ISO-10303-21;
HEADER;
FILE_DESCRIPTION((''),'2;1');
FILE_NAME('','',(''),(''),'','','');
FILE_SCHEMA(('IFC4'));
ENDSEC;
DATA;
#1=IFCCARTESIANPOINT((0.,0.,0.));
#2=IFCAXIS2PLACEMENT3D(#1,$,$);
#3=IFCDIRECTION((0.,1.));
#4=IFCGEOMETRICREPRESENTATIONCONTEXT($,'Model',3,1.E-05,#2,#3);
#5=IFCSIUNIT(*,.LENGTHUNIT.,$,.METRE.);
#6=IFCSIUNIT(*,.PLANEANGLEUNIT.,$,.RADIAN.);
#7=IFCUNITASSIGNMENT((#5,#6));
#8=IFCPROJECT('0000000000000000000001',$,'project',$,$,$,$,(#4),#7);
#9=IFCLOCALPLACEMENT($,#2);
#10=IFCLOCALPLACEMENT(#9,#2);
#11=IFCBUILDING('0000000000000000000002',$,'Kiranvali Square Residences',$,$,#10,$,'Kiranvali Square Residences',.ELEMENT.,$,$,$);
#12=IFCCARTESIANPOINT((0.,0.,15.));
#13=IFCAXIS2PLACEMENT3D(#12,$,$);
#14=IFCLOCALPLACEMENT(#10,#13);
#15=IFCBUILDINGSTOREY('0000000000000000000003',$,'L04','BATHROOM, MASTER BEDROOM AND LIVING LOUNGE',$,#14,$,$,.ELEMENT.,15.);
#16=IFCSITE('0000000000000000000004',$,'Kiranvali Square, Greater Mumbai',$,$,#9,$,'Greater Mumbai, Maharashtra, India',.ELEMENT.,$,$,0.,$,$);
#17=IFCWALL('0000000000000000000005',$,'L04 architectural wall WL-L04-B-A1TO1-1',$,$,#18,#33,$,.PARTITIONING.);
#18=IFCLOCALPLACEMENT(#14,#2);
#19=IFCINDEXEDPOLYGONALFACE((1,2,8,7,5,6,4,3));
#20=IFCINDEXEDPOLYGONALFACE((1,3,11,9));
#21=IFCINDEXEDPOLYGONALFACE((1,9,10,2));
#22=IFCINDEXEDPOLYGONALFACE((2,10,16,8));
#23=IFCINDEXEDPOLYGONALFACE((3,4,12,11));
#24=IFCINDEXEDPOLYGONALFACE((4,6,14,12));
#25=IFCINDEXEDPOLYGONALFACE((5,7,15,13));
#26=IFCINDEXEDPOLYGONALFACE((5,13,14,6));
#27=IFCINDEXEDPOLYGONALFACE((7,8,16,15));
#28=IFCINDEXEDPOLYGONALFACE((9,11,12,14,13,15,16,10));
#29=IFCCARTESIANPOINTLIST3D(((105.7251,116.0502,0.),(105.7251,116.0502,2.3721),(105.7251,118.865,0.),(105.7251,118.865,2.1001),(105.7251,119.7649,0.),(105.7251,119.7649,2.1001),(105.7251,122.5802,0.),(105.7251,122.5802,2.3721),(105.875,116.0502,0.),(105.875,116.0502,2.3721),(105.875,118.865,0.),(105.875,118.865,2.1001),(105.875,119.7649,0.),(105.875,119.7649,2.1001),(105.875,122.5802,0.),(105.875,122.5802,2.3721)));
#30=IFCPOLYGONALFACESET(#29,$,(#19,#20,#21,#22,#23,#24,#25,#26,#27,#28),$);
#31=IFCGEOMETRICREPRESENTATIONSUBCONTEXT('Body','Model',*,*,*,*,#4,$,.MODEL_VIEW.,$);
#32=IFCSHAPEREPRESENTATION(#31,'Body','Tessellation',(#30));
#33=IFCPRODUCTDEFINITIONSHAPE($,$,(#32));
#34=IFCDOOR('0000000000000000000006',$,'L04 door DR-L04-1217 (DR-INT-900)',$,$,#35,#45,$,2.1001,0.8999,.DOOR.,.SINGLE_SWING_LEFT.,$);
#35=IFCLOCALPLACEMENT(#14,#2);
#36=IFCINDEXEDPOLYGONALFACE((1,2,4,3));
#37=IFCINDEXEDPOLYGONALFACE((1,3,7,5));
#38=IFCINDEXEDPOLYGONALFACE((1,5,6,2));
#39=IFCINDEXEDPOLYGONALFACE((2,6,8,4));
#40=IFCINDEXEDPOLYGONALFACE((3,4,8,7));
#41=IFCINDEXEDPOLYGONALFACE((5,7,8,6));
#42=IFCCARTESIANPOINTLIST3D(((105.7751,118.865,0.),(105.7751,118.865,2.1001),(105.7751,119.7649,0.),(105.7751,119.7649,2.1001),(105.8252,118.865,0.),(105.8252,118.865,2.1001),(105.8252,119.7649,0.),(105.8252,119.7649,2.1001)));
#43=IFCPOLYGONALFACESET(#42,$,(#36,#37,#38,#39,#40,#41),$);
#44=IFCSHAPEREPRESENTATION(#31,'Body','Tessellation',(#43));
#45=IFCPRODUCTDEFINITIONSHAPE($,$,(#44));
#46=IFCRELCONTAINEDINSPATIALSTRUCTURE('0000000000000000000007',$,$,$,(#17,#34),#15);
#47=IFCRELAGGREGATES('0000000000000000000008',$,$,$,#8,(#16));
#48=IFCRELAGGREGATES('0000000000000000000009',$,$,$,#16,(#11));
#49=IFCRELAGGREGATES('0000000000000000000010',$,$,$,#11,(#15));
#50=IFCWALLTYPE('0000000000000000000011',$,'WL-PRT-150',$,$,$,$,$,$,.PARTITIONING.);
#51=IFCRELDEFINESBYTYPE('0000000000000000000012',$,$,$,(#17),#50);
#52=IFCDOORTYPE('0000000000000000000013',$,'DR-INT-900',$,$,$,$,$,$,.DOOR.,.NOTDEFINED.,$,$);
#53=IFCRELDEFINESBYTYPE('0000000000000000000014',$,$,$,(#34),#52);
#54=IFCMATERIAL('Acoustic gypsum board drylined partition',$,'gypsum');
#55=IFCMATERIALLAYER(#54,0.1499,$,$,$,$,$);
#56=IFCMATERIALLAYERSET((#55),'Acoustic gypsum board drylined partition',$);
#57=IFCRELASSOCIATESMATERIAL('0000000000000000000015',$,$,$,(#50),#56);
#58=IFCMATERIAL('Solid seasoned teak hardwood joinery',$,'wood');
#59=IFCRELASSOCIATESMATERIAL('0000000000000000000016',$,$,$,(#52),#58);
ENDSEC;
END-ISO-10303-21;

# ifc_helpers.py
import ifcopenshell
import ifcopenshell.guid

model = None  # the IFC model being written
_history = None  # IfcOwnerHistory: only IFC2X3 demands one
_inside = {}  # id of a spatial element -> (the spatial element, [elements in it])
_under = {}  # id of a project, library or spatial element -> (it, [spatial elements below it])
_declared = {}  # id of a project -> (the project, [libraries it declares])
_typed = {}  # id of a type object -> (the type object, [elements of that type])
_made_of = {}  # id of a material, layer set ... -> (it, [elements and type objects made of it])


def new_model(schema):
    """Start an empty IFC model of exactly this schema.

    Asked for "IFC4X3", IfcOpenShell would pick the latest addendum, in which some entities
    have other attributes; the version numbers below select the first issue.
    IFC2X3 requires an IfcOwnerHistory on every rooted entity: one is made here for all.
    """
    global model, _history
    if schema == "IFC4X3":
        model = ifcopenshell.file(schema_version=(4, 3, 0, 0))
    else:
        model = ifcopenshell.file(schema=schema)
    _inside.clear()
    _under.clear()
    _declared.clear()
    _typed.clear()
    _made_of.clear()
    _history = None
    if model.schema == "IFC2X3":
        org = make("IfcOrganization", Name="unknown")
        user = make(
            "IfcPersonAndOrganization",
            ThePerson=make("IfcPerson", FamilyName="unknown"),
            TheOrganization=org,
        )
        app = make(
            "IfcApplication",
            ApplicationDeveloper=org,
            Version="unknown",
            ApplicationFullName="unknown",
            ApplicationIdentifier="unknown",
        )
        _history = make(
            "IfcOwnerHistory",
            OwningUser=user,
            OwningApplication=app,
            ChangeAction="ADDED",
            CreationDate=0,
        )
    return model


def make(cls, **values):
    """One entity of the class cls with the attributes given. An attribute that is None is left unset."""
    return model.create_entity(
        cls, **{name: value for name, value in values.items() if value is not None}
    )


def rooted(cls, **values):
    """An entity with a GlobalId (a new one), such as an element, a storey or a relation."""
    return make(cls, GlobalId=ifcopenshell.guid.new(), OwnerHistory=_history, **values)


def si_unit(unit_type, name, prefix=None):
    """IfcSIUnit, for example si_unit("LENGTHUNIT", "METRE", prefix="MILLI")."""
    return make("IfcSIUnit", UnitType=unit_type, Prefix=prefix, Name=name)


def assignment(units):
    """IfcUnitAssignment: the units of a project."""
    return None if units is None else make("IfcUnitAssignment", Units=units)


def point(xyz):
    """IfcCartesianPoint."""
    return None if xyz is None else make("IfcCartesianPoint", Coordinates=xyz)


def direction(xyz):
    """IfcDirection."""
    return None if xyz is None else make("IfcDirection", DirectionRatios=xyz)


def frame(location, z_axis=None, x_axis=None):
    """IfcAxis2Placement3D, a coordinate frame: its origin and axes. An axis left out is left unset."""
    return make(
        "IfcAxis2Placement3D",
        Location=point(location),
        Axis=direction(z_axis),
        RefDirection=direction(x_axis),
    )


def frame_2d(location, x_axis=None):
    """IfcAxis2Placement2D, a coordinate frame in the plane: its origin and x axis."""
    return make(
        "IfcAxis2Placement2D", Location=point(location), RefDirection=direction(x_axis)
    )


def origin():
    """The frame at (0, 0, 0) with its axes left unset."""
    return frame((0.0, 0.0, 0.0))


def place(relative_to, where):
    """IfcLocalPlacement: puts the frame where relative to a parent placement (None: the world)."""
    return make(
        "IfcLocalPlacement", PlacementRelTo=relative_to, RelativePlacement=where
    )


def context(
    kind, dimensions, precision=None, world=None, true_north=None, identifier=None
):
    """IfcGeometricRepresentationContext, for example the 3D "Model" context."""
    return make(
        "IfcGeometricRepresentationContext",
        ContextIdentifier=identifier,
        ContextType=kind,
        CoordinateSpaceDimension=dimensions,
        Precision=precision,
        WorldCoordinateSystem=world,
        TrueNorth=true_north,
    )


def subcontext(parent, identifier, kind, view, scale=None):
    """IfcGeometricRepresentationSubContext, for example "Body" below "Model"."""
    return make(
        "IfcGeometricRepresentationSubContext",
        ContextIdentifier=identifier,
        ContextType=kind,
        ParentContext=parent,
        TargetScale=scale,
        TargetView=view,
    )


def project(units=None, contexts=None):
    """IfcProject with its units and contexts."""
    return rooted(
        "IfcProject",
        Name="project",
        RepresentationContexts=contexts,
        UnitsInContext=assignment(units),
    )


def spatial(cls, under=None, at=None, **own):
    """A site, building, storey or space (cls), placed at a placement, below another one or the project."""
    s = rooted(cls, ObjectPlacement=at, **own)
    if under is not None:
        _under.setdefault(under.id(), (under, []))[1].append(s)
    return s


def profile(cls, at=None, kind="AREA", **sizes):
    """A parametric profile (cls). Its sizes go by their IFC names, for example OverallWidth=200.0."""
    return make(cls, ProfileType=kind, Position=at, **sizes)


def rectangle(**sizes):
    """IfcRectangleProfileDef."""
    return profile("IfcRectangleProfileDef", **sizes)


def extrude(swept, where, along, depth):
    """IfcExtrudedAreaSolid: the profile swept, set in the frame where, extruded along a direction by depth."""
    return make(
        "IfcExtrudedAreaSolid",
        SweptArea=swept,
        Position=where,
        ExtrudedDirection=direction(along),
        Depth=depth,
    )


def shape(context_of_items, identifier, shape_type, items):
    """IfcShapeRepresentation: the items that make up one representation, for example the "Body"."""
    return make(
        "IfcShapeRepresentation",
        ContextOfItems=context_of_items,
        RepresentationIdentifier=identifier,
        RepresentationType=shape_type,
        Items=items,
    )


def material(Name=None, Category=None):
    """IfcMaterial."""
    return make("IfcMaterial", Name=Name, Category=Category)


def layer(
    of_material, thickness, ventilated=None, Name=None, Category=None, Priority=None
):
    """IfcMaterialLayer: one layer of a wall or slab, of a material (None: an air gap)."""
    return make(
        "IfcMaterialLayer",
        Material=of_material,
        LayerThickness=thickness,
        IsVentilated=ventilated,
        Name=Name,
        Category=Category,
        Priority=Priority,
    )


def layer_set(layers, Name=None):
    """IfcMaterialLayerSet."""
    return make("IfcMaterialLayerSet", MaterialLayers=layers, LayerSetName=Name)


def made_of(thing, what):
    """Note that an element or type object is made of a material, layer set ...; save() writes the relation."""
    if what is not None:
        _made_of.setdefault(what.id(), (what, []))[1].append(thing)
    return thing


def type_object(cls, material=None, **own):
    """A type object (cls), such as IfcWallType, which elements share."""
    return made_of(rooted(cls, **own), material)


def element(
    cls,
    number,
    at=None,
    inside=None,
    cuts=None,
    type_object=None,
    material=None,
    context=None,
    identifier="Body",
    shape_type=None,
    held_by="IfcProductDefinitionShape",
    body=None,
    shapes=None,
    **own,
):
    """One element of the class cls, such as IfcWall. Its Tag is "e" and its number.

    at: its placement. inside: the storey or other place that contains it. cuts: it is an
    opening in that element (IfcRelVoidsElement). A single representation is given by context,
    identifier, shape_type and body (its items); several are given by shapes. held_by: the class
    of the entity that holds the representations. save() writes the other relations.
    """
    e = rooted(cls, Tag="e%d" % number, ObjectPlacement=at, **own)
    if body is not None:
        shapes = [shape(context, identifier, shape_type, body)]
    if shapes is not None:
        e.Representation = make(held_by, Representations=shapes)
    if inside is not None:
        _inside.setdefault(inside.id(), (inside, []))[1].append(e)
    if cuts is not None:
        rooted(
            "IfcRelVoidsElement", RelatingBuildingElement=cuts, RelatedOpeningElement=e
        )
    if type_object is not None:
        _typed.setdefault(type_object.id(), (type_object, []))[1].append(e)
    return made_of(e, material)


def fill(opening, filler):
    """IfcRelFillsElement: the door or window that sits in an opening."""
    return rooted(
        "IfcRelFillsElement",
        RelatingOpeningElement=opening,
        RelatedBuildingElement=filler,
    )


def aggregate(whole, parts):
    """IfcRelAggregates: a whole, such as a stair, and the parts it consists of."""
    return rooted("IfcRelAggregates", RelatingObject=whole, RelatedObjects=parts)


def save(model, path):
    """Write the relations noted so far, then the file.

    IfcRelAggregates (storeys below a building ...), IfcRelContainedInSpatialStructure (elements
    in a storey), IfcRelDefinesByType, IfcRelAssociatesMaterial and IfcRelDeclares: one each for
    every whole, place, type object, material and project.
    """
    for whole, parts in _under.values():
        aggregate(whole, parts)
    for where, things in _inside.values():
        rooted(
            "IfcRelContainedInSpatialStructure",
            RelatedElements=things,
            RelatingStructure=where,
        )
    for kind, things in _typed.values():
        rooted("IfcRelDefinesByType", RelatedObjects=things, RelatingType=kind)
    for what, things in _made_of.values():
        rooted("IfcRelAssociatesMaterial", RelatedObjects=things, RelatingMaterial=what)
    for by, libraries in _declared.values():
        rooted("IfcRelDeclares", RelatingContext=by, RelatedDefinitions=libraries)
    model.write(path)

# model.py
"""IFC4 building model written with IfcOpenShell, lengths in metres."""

from ifc_helpers import new_model, si_unit, direction, frame, frame_2d, origin, place, context, subcontext, project, spatial, rectangle, extrude, material, layer, layer_set, type_object, element, fill, save


model = new_model("IFC4")

# Units and contexts
model_context = context("Model", 3, precision=1e-05, world=origin(), true_north=direction((0.0, 1.0)))
body_context = subcontext(model_context, "Body", "Model", "MODEL_VIEW")
ifc_project = project(units=[si_unit("LENGTHUNIT", "METRE"), si_unit("PLANEANGLEUNIT", "RADIAN")], contexts=[model_context])

# Site, building, storey
site_placement = place(None, origin())
site = spatial("IfcSite", under=ifc_project, at=site_placement, Name="Kiranvali Square, Greater Mumbai", LongName="Greater Mumbai, Maharashtra, India", CompositionType="ELEMENT", RefElevation=0.0)
building_placement = place(site_placement, origin())
building = spatial("IfcBuilding", under=site, at=building_placement, Name="Kiranvali Square Residences", LongName="Kiranvali Square Residences", CompositionType="ELEMENT")
storey_placement = place(building_placement, frame((0.0, 0.0, 15.0)))
storey = spatial("IfcBuildingStorey", under=building, at=storey_placement, Name="L04", Description="BATHROOM, MASTER BEDROOM AND LIVING LOUNGE", CompositionType="ELEMENT", Elevation=15.0)

# Wall, opening, door
ifc_material_1 = material(Name="Acoustic gypsum board drylined partition", Category="gypsum")
ifc_layer_1 = layer(ifc_material_1, 0.1499)
ifc_layer_set_1 = layer_set([ifc_layer_1], Name="Acoustic gypsum board drylined partition")
wall_type_1 = type_object("IfcWallType", Name="WL-PRT-150", PredefinedType="PARTITIONING", material=ifc_layer_set_1)
wall_1_placement = place(storey_placement, frame((105.8, 116.05, 0.0), z_axis=(0.0, 0.0, 1.0), x_axis=(0.0, 1.0, 0.0)))
wall_1 = element("IfcWall", 1, at=wall_1_placement, inside=storey, type_object=wall_type_1, Name="L04 architectural wall WL-L04-B-A1TO1-1", PredefinedType="PARTITIONING", context=body_context, shape_type="SweptSolid", body=[
    extrude(rectangle(XDim=6.53, YDim=0.1499, at=frame_2d((3.2651, 0.0))), origin(), (0.0, 0.0, 1.0), 2.3721),
])
opening_1_placement = place(wall_1_placement, frame((2.8149, 0.0, 0.0)))
opening_1 = element("IfcOpeningElement", 2, at=opening_1_placement, cuts=wall_1, PredefinedType="OPENING", context=body_context, shape_type="SweptSolid", body=[
    extrude(rectangle(XDim=0.8999, YDim=2.1001, at=frame_2d((0.45, 1.05))), frame((0.0, 0.085, 0.0), z_axis=(0.0, -1.0, 0.0), x_axis=(1.0, 0.0, 0.0)), (0.0, 0.0, 1.0), 0.1699),
])
ifc_material_2 = material(Name="Solid seasoned teak hardwood joinery", Category="wood")
door_type_1 = type_object("IfcDoorType", Name="DR-INT-900", OperationType="NOTDEFINED", PredefinedType="DOOR", material=ifc_material_2)
door_1_placement = place(opening_1_placement, origin())
door_1 = element("IfcDoor", 3, at=door_1_placement, inside=storey, type_object=door_type_1, Name="L04 door DR-L04-1217 (DR-INT-900)", OperationType="SINGLE_SWING_LEFT", OverallHeight=2.1001, OverallWidth=0.8999, PredefinedType="DOOR", context=body_context, shape_type="SweptSolid", body=[
    extrude(rectangle(XDim=0.8999, YDim=2.1001, at=frame_2d((0.45, 1.05))), frame((0.0, 0.0249, 0.0), z_axis=(0.0, -1.0, 0.0), x_axis=(1.0, 0.0, 0.0)), (0.0, 0.0, 1.0), 0.05),
])
fill(opening_1, door_1)

save(model, "model.ifc")
